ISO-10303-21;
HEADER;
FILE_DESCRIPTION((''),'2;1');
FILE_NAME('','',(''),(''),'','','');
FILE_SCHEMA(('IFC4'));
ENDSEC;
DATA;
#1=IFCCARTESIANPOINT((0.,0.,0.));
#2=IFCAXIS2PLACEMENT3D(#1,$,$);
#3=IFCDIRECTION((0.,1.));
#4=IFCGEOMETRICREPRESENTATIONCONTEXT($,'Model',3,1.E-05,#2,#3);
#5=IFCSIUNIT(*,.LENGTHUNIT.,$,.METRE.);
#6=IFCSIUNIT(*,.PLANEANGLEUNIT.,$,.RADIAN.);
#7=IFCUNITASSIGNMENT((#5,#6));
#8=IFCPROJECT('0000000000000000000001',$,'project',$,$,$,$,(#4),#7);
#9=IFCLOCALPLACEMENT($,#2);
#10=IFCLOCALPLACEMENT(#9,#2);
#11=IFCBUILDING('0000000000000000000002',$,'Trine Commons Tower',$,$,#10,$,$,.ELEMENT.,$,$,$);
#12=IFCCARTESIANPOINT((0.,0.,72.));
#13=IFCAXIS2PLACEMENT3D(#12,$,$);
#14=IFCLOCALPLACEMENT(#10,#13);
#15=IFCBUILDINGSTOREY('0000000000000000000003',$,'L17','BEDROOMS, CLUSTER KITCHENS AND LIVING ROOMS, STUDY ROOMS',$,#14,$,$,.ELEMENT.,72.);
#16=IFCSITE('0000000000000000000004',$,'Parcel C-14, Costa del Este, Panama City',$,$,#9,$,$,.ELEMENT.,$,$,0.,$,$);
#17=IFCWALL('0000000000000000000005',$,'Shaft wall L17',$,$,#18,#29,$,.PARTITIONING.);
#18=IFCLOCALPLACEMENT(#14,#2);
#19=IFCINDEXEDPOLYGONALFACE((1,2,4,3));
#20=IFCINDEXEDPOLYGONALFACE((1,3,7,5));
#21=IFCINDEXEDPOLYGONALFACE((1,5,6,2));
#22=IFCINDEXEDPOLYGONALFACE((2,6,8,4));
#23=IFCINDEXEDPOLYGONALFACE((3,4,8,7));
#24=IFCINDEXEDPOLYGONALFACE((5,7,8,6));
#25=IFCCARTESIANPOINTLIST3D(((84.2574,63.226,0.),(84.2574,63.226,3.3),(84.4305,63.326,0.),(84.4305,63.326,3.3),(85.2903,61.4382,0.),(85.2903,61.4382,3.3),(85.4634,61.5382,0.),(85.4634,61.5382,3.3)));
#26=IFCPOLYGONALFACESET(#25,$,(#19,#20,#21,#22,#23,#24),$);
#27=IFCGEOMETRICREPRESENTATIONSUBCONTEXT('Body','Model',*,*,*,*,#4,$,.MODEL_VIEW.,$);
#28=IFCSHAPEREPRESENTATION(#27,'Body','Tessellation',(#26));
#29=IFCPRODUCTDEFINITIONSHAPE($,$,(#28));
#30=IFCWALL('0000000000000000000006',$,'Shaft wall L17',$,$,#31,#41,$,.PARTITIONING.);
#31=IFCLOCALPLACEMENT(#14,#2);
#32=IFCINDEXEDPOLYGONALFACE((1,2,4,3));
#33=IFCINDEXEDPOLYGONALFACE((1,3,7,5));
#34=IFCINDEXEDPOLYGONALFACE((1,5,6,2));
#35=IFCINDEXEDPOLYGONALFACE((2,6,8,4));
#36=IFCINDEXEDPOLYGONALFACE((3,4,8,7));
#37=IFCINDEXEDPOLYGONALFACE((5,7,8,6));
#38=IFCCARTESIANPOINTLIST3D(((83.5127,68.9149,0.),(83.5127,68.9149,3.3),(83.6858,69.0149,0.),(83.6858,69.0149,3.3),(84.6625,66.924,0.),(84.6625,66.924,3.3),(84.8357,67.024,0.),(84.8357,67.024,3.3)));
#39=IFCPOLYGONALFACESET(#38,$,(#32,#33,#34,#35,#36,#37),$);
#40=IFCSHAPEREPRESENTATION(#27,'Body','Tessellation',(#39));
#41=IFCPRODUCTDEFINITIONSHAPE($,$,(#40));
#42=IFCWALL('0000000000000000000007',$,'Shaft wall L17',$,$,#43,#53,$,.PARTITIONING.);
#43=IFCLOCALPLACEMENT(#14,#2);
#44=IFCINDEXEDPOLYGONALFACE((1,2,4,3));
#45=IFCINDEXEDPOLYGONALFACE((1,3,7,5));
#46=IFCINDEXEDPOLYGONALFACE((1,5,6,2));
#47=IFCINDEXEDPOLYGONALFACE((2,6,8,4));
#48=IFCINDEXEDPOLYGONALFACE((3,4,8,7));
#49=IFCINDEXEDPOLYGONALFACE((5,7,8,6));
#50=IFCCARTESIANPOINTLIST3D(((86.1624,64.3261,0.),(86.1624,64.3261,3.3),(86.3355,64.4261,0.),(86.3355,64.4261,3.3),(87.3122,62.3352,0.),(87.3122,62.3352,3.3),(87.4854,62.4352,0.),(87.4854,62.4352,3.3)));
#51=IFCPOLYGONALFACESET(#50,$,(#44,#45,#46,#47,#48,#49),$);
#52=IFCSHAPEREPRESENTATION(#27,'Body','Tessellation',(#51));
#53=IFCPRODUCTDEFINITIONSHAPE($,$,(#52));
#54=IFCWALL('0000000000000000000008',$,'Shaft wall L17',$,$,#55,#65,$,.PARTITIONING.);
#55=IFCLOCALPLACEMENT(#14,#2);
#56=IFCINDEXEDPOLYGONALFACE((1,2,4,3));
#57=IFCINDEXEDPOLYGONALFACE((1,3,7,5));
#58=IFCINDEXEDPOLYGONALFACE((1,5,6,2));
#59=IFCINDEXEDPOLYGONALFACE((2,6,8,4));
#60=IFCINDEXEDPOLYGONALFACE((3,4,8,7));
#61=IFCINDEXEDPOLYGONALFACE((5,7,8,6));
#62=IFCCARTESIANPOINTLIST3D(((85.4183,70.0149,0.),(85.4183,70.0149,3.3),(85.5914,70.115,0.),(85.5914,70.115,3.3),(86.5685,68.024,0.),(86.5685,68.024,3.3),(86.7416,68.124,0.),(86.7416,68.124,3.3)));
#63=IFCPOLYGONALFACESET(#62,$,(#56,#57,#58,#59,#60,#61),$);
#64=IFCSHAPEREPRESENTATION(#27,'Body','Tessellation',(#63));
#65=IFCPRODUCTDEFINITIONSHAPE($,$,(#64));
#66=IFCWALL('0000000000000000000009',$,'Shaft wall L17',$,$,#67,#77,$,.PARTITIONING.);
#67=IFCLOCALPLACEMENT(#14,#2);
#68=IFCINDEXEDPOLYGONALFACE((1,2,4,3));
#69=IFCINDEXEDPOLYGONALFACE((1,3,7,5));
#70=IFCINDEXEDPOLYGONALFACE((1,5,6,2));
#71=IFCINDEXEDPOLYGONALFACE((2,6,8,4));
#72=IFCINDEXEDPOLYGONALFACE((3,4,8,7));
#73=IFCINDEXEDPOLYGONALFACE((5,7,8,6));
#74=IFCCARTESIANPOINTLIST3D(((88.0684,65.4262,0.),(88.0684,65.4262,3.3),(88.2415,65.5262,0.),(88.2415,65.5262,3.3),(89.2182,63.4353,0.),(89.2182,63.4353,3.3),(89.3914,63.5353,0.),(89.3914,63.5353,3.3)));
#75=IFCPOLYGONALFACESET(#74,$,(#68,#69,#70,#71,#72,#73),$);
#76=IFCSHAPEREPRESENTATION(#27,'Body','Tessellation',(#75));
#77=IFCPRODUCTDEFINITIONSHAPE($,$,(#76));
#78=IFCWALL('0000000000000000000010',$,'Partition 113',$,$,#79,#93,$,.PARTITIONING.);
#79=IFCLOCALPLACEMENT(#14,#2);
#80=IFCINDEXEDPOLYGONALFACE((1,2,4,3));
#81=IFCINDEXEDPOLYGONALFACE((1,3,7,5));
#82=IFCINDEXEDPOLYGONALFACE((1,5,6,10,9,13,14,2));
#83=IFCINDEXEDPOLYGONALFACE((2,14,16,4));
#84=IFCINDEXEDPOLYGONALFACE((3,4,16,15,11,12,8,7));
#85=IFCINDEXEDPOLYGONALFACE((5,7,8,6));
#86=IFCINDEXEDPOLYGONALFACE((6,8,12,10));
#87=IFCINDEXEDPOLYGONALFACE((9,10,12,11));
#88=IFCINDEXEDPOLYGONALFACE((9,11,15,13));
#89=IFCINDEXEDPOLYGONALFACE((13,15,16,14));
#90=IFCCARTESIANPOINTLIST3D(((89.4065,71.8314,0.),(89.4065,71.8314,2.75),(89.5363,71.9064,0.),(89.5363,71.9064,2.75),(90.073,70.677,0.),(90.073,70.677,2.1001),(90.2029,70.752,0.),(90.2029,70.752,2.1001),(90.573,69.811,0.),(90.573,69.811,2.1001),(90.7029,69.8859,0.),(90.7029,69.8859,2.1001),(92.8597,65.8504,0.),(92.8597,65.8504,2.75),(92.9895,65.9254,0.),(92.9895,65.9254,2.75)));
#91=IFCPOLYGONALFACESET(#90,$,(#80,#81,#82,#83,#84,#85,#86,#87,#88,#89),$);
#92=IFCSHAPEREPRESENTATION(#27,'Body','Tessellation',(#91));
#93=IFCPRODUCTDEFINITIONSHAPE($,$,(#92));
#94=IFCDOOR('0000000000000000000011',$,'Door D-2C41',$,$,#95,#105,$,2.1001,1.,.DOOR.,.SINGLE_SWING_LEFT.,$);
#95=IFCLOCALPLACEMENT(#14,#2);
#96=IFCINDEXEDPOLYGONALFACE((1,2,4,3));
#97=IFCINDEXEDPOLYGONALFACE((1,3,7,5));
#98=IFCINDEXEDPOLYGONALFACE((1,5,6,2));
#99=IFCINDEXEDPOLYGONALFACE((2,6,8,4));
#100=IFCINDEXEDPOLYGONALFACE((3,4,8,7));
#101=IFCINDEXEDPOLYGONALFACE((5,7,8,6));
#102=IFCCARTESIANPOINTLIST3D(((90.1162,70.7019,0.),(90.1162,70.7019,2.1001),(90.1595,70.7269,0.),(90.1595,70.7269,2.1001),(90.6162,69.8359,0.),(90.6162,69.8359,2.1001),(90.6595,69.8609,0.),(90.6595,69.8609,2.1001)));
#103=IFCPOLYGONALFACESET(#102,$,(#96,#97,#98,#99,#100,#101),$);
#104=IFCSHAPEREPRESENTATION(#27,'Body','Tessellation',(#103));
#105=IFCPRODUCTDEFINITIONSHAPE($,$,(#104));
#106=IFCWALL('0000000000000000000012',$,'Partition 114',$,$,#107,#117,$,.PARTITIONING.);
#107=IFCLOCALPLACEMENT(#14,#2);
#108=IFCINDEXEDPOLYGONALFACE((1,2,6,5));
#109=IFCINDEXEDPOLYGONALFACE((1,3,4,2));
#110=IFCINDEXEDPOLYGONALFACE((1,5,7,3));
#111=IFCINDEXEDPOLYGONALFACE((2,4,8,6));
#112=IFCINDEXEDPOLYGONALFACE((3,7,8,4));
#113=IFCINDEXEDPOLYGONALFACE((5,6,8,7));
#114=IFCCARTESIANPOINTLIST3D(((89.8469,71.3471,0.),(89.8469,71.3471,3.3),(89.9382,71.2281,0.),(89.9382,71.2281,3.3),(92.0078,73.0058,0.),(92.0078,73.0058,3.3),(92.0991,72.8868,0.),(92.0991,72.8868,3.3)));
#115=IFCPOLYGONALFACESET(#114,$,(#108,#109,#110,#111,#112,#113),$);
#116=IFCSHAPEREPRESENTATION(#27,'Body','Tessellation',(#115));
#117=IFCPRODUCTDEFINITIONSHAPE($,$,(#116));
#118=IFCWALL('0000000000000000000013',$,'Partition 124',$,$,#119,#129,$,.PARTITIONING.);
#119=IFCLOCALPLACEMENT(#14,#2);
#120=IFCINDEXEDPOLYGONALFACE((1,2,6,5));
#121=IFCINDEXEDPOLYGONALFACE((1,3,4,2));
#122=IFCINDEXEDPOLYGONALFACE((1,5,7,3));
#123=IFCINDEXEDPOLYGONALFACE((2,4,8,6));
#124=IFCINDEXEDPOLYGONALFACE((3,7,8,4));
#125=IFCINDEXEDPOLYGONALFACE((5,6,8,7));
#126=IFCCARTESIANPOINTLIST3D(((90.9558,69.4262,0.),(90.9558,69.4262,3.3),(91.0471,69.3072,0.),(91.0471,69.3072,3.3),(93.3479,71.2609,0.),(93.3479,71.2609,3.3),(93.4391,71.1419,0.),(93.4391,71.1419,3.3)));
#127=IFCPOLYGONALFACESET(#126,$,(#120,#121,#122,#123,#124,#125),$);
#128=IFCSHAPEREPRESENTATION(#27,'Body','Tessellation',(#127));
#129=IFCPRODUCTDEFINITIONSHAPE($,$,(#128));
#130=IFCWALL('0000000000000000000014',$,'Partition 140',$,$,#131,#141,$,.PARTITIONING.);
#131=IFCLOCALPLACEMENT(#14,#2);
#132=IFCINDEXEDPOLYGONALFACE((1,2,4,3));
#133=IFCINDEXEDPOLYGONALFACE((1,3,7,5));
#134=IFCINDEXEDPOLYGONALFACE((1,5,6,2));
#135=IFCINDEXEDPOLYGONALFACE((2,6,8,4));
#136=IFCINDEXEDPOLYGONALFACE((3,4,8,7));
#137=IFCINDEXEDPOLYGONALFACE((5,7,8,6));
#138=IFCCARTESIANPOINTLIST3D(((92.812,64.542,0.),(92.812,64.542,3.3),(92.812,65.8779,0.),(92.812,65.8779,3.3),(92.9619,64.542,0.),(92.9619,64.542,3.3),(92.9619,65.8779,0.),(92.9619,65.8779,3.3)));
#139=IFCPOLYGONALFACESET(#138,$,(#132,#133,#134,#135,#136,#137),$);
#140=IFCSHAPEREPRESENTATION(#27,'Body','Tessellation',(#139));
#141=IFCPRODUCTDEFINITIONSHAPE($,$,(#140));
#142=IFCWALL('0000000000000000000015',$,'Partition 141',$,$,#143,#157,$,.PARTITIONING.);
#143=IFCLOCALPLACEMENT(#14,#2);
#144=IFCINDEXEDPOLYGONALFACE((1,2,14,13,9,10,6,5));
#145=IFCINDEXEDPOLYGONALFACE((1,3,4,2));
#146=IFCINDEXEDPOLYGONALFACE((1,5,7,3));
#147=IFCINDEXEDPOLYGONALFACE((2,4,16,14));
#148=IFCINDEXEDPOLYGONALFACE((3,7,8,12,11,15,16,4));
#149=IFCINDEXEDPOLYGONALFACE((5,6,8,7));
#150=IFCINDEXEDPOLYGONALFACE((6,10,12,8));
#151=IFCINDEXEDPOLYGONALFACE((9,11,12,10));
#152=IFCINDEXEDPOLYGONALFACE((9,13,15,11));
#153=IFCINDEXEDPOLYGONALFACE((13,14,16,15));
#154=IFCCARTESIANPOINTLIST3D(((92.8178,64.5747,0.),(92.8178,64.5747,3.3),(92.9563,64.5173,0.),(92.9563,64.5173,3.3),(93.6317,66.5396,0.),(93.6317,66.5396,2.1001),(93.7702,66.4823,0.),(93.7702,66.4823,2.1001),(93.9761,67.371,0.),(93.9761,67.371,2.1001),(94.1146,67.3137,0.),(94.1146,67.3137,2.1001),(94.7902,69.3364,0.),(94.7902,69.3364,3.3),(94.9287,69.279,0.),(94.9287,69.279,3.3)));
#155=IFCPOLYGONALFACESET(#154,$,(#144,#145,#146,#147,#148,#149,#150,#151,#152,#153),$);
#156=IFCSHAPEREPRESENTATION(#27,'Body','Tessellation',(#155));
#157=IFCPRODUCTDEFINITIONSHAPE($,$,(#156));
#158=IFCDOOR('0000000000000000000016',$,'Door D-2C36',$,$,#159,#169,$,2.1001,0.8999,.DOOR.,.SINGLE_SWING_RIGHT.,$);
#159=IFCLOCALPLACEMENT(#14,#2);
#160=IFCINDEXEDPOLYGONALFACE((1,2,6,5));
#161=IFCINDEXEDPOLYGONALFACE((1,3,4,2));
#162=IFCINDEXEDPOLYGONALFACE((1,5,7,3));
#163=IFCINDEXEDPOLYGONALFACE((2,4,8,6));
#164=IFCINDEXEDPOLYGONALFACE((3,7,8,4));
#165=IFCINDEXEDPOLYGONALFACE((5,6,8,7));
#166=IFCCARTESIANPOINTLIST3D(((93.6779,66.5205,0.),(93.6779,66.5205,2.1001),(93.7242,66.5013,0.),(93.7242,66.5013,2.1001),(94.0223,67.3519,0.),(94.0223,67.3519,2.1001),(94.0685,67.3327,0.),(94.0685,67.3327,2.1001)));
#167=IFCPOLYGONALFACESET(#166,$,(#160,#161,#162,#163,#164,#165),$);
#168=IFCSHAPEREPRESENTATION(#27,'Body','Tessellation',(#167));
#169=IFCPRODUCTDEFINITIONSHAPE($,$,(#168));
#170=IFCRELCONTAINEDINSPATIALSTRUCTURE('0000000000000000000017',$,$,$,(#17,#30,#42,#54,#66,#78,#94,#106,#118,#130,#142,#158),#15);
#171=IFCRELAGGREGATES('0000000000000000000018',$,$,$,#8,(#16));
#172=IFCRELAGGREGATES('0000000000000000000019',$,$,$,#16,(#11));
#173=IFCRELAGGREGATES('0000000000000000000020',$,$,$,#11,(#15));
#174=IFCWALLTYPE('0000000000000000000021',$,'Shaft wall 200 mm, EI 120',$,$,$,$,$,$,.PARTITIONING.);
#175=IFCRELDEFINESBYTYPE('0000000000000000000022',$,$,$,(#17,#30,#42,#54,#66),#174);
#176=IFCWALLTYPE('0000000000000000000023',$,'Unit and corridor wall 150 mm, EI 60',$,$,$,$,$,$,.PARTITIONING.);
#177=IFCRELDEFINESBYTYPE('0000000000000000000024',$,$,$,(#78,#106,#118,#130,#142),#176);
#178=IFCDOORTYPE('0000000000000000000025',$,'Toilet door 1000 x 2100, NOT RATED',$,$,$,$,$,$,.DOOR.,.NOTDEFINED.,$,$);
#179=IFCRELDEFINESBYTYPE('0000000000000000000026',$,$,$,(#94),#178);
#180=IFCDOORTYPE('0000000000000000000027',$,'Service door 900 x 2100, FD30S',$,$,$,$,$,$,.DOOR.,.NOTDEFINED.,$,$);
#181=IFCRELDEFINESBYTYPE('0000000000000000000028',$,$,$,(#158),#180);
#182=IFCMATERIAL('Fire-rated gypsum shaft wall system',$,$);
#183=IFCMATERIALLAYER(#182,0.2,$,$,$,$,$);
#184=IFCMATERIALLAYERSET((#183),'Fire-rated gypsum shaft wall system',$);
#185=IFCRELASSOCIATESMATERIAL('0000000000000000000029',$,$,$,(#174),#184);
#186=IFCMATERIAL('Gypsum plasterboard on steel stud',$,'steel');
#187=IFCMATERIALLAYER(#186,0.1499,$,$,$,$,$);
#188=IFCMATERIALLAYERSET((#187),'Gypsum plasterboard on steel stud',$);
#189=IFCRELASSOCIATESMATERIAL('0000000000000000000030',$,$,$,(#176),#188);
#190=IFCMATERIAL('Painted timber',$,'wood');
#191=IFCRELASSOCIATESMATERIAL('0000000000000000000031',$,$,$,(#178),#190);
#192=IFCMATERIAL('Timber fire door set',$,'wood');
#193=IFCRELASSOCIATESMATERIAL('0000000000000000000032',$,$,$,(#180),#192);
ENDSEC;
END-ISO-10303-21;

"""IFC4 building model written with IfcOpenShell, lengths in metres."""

from ifc_helpers import new_model, si_unit, direction, frame, frame_2d, origin, place, context, subcontext, project, spatial, rectangle, extrude, material, layer, layer_set, type_object, element, fill, save


model = new_model("IFC4")

# Units and contexts
model_context = context("Model", 3, precision=1e-05, world=origin(), true_north=direction((0.0, 1.0)))
body_context = subcontext(model_context, "Body", "Model", "MODEL_VIEW")
ifc_project = project(units=[si_unit("LENGTHUNIT", "METRE"), si_unit("PLANEANGLEUNIT", "RADIAN")], contexts=[model_context])

# Site, building, storey
site_placement = place(None, origin())
site = spatial("IfcSite", under=ifc_project, at=site_placement, Name="Parcel C-14, Costa del Este, Panama City", CompositionType="ELEMENT", RefElevation=0.0)
building_placement = place(site_placement, origin())
building = spatial("IfcBuilding", under=site, at=building_placement, Name="Trine Commons Tower", CompositionType="ELEMENT")
storey_placement = place(building_placement, frame((0.0, 0.0, 72.0)))
storey = spatial("IfcBuildingStorey", under=building, at=storey_placement, Name="L17", Description="BEDROOMS, CLUSTER KITCHENS AND LIVING ROOMS, STUDY ROOMS", CompositionType="ELEMENT", Elevation=72.0)

# Walls
ifc_material_1 = material(Name="Fire-rated gypsum shaft wall system")
ifc_layer_1 = layer(ifc_material_1, 0.2)
ifc_layer_set_1 = layer_set([ifc_layer_1], Name="Fire-rated gypsum shaft wall system")
wall_type_1 = type_object("IfcWallType", Name="Shaft wall 200 mm, EI 120", PredefinedType="PARTITIONING", material=ifc_layer_set_1)
wall_1_placement = place(storey_placement, frame((84.344, 63.2759, 0.0), z_axis=(0.0, 0.0, 1.0), x_axis=(0.500272, -0.865868, 0.0)))
element("IfcWall", 1, at=wall_1_placement, inside=storey, type_object=wall_type_1, Name="Shaft wall L17", PredefinedType="PARTITIONING", context=body_context, shape_type="SweptSolid", body=[
    extrude(rectangle(XDim=2.0647, YDim=0.2, at=frame_2d((1.0322, 0.0))), origin(), (0.0, 0.0, 1.0), 3.3),
])
for number, where, z_axis, x_axis, name in (
    (2, (84.749, 66.9741, 0.0), (0.0, 0.0, 1.0), (-0.500136, 0.865947, 0.0), "Shaft wall L17"),
    (3, (86.249, 64.376, 0.0), (0.0, 0.0, 1.0), (0.500136, -0.865947, 0.0), "Shaft wall L17"),
):
    element("IfcWall", number, at=place(storey_placement, frame(where, z_axis=z_axis, x_axis=x_axis)), inside=storey, type_object=wall_type_1, Name=name, PredefinedType="PARTITIONING", context=body_context, shape_type="SweptSolid", body=[
        extrude(rectangle(XDim=2.2991, YDim=0.2, at=frame_2d((1.1494, 0.0))), origin(), (0.0, 0.0, 1.0), 3.3),
    ])
wall_2_placement = place(storey_placement, frame((86.655, 68.074, 0.0), z_axis=(0.0, 0.0, 1.0), x_axis=(-0.500216, 0.865901, 0.0)))
element("IfcWall", 4, at=wall_2_placement, inside=storey, type_object=wall_type_1, Name="Shaft wall L17", PredefinedType="PARTITIONING", context=body_context, shape_type="SweptSolid", body=[
    extrude(rectangle(XDim=2.2993, YDim=0.2, at=frame_2d((1.1497, 0.0))), origin(), (0.0, 0.0, 1.0), 3.3),
])
wall_3_placement = place(storey_placement, frame((88.155, 65.4761, 0.0), z_axis=(0.0, 0.0, 1.0), x_axis=(0.500136, -0.865947, 0.0)))
element("IfcWall", 5, at=wall_3_placement, inside=storey, type_object=wall_type_1, Name="Shaft wall L17", PredefinedType="PARTITIONING", context=body_context, shape_type="SweptSolid", body=[
    extrude(rectangle(XDim=2.2991, YDim=0.2, at=frame_2d((1.1494, 0.0))), origin(), (0.0, 0.0, 1.0), 3.3),
])

# Wall, opening, door
ifc_material_2 = material(Name="Gypsum plasterboard on steel stud", Category="steel")
ifc_layer_2 = layer(ifc_material_2, 0.1499)
ifc_layer_set_2 = layer_set([ifc_layer_2], Name="Gypsum plasterboard on steel stud")
wall_type_2 = type_object("IfcWallType", Name="Unit and corridor wall 150 mm, EI 60", PredefinedType="PARTITIONING", material=ifc_layer_set_2)
wall_4_placement = place(storey_placement, frame((89.4714, 71.8689, 0.0), z_axis=(0.0, 0.0, 1.0), x_axis=(0.500002, -0.866024, 0.0)))
wall_4 = element("IfcWall", 6, at=wall_4_placement, inside=storey, type_object=wall_type_2, Name="Partition 113", PredefinedType="PARTITIONING", context=body_context, shape_type="SweptSolid", body=[
    extrude(rectangle(XDim=6.9062, YDim=0.1499, at=frame_2d((3.4531, 0.0))), origin(), (0.0, 0.0, 1.0), 2.75),
])
opening_1_placement = place(wall_4_placement, frame((1.333, 0.0, 0.0)))
opening_1 = element("IfcOpeningElement", 7, at=opening_1_placement, cuts=wall_4, PredefinedType="OPENING", context=body_context, shape_type="SweptSolid", body=[
    extrude(rectangle(XDim=1.0, YDim=2.1001, at=frame_2d((0.5, 1.05))), frame((0.0, 0.085, 0.0), z_axis=(0.0, -1.0, 0.0), x_axis=(1.0, 0.0, 0.0)), (0.0, 0.0, 1.0), 0.1699),
])
ifc_material_3 = material(Name="Painted timber", Category="wood")
door_type_1 = type_object("IfcDoorType", Name="Toilet door 1000 x 2100, NOT RATED", OperationType="NOTDEFINED", PredefinedType="DOOR", material=ifc_material_3)
door_1_placement = place(opening_1_placement, origin())
door_1 = element("IfcDoor", 8, at=door_1_placement, inside=storey, type_object=door_type_1, Name="Door D-2C41", OperationType="SINGLE_SWING_LEFT", OverallHeight=2.1001, OverallWidth=1.0, PredefinedType="DOOR", context=body_context, shape_type="SweptSolid", body=[
    extrude(rectangle(XDim=1.0, YDim=2.1001, at=frame_2d((0.5, 1.05))), frame((0.0, 0.0249, 0.0), z_axis=(0.0, -1.0, 0.0), x_axis=(1.0, 0.0, 0.0)), (0.0, 0.0, 1.0), 0.05),
])
fill(opening_1, door_1)

# Walls
wall_5_placement = place(storey_placement, frame((89.8926, 71.2876, 0.0), z_axis=(0.0, 0.0, 1.0), x_axis=(0.79325, 0.608896, 0.0)))
element("IfcWall", 9, at=wall_5_placement, inside=storey, type_object=wall_type_2, Name="Partition 114", PredefinedType="PARTITIONING", context=body_context, shape_type="SweptSolid", body=[
    extrude(rectangle(XDim=2.7241, YDim=0.1499, at=frame_2d((1.3621, 0.0))), origin(), (0.0, 0.0, 1.0), 3.3),
])
wall_6_placement = place(storey_placement, frame((91.0015, 69.3667, 0.0), z_axis=(0.0, 0.0, 1.0), x_axis=(0.793481, 0.608595, 0.0)))
element("IfcWall", 10, at=wall_6_placement, inside=storey, type_object=wall_type_2, Name="Partition 124", PredefinedType="PARTITIONING", context=body_context, shape_type="SweptSolid", body=[
    extrude(rectangle(XDim=3.0146, YDim=0.1499, at=frame_2d((1.5073, 0.0))), origin(), (0.0, 0.0, 1.0), 3.3),
])
wall_7_placement = place(storey_placement, frame((92.887, 64.542, 0.0), z_axis=(0.0, 0.0, 1.0), x_axis=(0.0, 1.0, 0.0)))
element("IfcWall", 11, at=wall_7_placement, inside=storey, type_object=wall_type_2, Name="Partition 140", PredefinedType="PARTITIONING", context=body_context, shape_type="SweptSolid", body=[
    extrude(rectangle(XDim=1.3359, YDim=0.1499, at=frame_2d((0.668, 0.0))), origin(), (0.0, 0.0, 1.0), 3.3),
])

# Wall, opening, door
wall_8_placement = place(storey_placement, frame((92.887, 64.5459, 0.0), z_axis=(0.0, 0.0, 1.0), x_axis=(0.382691, 0.923877, 0.0)))
wall_8 = element("IfcWall", 12, at=wall_8_placement, inside=storey, type_object=wall_type_2, Name="Partition 141", PredefinedType="PARTITIONING", context=body_context, shape_type="SweptSolid", body=[
    extrude(rectangle(XDim=5.1541, YDim=0.1499, at=frame_2d((2.5771, 0.0))), origin(), (0.0, 0.0, 1.0), 3.3),
])
opening_2_placement = place(wall_8_placement, frame((2.127, 0.0, 0.0)))
opening_2 = element("IfcOpeningElement", 13, at=opening_2_placement, cuts=wall_8, PredefinedType="OPENING", context=body_context, shape_type="SweptSolid", body=[
    extrude(rectangle(XDim=0.8999, YDim=2.1001, at=frame_2d((0.45, 1.05))), frame((0.0, 0.085, 0.0), z_axis=(0.0, -1.0, 0.0), x_axis=(1.0, 0.0, 0.0)), (0.0, 0.0, 1.0), 0.1699),
])
ifc_material_4 = material(Name="Timber fire door set", Category="wood")
door_type_2 = type_object("IfcDoorType", Name="Service door 900 x 2100, FD30S", OperationType="NOTDEFINED", PredefinedType="DOOR", material=ifc_material_4)
door_2_placement = place(opening_2_placement, origin())
door_2 = element("IfcDoor", 14, at=door_2_placement, inside=storey, type_object=door_type_2, Name="Door D-2C36", OperationType="SINGLE_SWING_RIGHT", OverallHeight=2.1001, OverallWidth=0.8999, PredefinedType="DOOR", context=body_context, shape_type="SweptSolid", body=[
    extrude(rectangle(XDim=0.8999, YDim=2.1001, at=frame_2d((0.45, 1.05))), frame((0.0, 0.0249, 0.0), z_axis=(0.0, -1.0, 0.0), x_axis=(1.0, 0.0, 0.0)), (0.0, 0.0, 1.0), 0.05),
])
fill(opening_2, door_2)

save(model, "model.ifc")
